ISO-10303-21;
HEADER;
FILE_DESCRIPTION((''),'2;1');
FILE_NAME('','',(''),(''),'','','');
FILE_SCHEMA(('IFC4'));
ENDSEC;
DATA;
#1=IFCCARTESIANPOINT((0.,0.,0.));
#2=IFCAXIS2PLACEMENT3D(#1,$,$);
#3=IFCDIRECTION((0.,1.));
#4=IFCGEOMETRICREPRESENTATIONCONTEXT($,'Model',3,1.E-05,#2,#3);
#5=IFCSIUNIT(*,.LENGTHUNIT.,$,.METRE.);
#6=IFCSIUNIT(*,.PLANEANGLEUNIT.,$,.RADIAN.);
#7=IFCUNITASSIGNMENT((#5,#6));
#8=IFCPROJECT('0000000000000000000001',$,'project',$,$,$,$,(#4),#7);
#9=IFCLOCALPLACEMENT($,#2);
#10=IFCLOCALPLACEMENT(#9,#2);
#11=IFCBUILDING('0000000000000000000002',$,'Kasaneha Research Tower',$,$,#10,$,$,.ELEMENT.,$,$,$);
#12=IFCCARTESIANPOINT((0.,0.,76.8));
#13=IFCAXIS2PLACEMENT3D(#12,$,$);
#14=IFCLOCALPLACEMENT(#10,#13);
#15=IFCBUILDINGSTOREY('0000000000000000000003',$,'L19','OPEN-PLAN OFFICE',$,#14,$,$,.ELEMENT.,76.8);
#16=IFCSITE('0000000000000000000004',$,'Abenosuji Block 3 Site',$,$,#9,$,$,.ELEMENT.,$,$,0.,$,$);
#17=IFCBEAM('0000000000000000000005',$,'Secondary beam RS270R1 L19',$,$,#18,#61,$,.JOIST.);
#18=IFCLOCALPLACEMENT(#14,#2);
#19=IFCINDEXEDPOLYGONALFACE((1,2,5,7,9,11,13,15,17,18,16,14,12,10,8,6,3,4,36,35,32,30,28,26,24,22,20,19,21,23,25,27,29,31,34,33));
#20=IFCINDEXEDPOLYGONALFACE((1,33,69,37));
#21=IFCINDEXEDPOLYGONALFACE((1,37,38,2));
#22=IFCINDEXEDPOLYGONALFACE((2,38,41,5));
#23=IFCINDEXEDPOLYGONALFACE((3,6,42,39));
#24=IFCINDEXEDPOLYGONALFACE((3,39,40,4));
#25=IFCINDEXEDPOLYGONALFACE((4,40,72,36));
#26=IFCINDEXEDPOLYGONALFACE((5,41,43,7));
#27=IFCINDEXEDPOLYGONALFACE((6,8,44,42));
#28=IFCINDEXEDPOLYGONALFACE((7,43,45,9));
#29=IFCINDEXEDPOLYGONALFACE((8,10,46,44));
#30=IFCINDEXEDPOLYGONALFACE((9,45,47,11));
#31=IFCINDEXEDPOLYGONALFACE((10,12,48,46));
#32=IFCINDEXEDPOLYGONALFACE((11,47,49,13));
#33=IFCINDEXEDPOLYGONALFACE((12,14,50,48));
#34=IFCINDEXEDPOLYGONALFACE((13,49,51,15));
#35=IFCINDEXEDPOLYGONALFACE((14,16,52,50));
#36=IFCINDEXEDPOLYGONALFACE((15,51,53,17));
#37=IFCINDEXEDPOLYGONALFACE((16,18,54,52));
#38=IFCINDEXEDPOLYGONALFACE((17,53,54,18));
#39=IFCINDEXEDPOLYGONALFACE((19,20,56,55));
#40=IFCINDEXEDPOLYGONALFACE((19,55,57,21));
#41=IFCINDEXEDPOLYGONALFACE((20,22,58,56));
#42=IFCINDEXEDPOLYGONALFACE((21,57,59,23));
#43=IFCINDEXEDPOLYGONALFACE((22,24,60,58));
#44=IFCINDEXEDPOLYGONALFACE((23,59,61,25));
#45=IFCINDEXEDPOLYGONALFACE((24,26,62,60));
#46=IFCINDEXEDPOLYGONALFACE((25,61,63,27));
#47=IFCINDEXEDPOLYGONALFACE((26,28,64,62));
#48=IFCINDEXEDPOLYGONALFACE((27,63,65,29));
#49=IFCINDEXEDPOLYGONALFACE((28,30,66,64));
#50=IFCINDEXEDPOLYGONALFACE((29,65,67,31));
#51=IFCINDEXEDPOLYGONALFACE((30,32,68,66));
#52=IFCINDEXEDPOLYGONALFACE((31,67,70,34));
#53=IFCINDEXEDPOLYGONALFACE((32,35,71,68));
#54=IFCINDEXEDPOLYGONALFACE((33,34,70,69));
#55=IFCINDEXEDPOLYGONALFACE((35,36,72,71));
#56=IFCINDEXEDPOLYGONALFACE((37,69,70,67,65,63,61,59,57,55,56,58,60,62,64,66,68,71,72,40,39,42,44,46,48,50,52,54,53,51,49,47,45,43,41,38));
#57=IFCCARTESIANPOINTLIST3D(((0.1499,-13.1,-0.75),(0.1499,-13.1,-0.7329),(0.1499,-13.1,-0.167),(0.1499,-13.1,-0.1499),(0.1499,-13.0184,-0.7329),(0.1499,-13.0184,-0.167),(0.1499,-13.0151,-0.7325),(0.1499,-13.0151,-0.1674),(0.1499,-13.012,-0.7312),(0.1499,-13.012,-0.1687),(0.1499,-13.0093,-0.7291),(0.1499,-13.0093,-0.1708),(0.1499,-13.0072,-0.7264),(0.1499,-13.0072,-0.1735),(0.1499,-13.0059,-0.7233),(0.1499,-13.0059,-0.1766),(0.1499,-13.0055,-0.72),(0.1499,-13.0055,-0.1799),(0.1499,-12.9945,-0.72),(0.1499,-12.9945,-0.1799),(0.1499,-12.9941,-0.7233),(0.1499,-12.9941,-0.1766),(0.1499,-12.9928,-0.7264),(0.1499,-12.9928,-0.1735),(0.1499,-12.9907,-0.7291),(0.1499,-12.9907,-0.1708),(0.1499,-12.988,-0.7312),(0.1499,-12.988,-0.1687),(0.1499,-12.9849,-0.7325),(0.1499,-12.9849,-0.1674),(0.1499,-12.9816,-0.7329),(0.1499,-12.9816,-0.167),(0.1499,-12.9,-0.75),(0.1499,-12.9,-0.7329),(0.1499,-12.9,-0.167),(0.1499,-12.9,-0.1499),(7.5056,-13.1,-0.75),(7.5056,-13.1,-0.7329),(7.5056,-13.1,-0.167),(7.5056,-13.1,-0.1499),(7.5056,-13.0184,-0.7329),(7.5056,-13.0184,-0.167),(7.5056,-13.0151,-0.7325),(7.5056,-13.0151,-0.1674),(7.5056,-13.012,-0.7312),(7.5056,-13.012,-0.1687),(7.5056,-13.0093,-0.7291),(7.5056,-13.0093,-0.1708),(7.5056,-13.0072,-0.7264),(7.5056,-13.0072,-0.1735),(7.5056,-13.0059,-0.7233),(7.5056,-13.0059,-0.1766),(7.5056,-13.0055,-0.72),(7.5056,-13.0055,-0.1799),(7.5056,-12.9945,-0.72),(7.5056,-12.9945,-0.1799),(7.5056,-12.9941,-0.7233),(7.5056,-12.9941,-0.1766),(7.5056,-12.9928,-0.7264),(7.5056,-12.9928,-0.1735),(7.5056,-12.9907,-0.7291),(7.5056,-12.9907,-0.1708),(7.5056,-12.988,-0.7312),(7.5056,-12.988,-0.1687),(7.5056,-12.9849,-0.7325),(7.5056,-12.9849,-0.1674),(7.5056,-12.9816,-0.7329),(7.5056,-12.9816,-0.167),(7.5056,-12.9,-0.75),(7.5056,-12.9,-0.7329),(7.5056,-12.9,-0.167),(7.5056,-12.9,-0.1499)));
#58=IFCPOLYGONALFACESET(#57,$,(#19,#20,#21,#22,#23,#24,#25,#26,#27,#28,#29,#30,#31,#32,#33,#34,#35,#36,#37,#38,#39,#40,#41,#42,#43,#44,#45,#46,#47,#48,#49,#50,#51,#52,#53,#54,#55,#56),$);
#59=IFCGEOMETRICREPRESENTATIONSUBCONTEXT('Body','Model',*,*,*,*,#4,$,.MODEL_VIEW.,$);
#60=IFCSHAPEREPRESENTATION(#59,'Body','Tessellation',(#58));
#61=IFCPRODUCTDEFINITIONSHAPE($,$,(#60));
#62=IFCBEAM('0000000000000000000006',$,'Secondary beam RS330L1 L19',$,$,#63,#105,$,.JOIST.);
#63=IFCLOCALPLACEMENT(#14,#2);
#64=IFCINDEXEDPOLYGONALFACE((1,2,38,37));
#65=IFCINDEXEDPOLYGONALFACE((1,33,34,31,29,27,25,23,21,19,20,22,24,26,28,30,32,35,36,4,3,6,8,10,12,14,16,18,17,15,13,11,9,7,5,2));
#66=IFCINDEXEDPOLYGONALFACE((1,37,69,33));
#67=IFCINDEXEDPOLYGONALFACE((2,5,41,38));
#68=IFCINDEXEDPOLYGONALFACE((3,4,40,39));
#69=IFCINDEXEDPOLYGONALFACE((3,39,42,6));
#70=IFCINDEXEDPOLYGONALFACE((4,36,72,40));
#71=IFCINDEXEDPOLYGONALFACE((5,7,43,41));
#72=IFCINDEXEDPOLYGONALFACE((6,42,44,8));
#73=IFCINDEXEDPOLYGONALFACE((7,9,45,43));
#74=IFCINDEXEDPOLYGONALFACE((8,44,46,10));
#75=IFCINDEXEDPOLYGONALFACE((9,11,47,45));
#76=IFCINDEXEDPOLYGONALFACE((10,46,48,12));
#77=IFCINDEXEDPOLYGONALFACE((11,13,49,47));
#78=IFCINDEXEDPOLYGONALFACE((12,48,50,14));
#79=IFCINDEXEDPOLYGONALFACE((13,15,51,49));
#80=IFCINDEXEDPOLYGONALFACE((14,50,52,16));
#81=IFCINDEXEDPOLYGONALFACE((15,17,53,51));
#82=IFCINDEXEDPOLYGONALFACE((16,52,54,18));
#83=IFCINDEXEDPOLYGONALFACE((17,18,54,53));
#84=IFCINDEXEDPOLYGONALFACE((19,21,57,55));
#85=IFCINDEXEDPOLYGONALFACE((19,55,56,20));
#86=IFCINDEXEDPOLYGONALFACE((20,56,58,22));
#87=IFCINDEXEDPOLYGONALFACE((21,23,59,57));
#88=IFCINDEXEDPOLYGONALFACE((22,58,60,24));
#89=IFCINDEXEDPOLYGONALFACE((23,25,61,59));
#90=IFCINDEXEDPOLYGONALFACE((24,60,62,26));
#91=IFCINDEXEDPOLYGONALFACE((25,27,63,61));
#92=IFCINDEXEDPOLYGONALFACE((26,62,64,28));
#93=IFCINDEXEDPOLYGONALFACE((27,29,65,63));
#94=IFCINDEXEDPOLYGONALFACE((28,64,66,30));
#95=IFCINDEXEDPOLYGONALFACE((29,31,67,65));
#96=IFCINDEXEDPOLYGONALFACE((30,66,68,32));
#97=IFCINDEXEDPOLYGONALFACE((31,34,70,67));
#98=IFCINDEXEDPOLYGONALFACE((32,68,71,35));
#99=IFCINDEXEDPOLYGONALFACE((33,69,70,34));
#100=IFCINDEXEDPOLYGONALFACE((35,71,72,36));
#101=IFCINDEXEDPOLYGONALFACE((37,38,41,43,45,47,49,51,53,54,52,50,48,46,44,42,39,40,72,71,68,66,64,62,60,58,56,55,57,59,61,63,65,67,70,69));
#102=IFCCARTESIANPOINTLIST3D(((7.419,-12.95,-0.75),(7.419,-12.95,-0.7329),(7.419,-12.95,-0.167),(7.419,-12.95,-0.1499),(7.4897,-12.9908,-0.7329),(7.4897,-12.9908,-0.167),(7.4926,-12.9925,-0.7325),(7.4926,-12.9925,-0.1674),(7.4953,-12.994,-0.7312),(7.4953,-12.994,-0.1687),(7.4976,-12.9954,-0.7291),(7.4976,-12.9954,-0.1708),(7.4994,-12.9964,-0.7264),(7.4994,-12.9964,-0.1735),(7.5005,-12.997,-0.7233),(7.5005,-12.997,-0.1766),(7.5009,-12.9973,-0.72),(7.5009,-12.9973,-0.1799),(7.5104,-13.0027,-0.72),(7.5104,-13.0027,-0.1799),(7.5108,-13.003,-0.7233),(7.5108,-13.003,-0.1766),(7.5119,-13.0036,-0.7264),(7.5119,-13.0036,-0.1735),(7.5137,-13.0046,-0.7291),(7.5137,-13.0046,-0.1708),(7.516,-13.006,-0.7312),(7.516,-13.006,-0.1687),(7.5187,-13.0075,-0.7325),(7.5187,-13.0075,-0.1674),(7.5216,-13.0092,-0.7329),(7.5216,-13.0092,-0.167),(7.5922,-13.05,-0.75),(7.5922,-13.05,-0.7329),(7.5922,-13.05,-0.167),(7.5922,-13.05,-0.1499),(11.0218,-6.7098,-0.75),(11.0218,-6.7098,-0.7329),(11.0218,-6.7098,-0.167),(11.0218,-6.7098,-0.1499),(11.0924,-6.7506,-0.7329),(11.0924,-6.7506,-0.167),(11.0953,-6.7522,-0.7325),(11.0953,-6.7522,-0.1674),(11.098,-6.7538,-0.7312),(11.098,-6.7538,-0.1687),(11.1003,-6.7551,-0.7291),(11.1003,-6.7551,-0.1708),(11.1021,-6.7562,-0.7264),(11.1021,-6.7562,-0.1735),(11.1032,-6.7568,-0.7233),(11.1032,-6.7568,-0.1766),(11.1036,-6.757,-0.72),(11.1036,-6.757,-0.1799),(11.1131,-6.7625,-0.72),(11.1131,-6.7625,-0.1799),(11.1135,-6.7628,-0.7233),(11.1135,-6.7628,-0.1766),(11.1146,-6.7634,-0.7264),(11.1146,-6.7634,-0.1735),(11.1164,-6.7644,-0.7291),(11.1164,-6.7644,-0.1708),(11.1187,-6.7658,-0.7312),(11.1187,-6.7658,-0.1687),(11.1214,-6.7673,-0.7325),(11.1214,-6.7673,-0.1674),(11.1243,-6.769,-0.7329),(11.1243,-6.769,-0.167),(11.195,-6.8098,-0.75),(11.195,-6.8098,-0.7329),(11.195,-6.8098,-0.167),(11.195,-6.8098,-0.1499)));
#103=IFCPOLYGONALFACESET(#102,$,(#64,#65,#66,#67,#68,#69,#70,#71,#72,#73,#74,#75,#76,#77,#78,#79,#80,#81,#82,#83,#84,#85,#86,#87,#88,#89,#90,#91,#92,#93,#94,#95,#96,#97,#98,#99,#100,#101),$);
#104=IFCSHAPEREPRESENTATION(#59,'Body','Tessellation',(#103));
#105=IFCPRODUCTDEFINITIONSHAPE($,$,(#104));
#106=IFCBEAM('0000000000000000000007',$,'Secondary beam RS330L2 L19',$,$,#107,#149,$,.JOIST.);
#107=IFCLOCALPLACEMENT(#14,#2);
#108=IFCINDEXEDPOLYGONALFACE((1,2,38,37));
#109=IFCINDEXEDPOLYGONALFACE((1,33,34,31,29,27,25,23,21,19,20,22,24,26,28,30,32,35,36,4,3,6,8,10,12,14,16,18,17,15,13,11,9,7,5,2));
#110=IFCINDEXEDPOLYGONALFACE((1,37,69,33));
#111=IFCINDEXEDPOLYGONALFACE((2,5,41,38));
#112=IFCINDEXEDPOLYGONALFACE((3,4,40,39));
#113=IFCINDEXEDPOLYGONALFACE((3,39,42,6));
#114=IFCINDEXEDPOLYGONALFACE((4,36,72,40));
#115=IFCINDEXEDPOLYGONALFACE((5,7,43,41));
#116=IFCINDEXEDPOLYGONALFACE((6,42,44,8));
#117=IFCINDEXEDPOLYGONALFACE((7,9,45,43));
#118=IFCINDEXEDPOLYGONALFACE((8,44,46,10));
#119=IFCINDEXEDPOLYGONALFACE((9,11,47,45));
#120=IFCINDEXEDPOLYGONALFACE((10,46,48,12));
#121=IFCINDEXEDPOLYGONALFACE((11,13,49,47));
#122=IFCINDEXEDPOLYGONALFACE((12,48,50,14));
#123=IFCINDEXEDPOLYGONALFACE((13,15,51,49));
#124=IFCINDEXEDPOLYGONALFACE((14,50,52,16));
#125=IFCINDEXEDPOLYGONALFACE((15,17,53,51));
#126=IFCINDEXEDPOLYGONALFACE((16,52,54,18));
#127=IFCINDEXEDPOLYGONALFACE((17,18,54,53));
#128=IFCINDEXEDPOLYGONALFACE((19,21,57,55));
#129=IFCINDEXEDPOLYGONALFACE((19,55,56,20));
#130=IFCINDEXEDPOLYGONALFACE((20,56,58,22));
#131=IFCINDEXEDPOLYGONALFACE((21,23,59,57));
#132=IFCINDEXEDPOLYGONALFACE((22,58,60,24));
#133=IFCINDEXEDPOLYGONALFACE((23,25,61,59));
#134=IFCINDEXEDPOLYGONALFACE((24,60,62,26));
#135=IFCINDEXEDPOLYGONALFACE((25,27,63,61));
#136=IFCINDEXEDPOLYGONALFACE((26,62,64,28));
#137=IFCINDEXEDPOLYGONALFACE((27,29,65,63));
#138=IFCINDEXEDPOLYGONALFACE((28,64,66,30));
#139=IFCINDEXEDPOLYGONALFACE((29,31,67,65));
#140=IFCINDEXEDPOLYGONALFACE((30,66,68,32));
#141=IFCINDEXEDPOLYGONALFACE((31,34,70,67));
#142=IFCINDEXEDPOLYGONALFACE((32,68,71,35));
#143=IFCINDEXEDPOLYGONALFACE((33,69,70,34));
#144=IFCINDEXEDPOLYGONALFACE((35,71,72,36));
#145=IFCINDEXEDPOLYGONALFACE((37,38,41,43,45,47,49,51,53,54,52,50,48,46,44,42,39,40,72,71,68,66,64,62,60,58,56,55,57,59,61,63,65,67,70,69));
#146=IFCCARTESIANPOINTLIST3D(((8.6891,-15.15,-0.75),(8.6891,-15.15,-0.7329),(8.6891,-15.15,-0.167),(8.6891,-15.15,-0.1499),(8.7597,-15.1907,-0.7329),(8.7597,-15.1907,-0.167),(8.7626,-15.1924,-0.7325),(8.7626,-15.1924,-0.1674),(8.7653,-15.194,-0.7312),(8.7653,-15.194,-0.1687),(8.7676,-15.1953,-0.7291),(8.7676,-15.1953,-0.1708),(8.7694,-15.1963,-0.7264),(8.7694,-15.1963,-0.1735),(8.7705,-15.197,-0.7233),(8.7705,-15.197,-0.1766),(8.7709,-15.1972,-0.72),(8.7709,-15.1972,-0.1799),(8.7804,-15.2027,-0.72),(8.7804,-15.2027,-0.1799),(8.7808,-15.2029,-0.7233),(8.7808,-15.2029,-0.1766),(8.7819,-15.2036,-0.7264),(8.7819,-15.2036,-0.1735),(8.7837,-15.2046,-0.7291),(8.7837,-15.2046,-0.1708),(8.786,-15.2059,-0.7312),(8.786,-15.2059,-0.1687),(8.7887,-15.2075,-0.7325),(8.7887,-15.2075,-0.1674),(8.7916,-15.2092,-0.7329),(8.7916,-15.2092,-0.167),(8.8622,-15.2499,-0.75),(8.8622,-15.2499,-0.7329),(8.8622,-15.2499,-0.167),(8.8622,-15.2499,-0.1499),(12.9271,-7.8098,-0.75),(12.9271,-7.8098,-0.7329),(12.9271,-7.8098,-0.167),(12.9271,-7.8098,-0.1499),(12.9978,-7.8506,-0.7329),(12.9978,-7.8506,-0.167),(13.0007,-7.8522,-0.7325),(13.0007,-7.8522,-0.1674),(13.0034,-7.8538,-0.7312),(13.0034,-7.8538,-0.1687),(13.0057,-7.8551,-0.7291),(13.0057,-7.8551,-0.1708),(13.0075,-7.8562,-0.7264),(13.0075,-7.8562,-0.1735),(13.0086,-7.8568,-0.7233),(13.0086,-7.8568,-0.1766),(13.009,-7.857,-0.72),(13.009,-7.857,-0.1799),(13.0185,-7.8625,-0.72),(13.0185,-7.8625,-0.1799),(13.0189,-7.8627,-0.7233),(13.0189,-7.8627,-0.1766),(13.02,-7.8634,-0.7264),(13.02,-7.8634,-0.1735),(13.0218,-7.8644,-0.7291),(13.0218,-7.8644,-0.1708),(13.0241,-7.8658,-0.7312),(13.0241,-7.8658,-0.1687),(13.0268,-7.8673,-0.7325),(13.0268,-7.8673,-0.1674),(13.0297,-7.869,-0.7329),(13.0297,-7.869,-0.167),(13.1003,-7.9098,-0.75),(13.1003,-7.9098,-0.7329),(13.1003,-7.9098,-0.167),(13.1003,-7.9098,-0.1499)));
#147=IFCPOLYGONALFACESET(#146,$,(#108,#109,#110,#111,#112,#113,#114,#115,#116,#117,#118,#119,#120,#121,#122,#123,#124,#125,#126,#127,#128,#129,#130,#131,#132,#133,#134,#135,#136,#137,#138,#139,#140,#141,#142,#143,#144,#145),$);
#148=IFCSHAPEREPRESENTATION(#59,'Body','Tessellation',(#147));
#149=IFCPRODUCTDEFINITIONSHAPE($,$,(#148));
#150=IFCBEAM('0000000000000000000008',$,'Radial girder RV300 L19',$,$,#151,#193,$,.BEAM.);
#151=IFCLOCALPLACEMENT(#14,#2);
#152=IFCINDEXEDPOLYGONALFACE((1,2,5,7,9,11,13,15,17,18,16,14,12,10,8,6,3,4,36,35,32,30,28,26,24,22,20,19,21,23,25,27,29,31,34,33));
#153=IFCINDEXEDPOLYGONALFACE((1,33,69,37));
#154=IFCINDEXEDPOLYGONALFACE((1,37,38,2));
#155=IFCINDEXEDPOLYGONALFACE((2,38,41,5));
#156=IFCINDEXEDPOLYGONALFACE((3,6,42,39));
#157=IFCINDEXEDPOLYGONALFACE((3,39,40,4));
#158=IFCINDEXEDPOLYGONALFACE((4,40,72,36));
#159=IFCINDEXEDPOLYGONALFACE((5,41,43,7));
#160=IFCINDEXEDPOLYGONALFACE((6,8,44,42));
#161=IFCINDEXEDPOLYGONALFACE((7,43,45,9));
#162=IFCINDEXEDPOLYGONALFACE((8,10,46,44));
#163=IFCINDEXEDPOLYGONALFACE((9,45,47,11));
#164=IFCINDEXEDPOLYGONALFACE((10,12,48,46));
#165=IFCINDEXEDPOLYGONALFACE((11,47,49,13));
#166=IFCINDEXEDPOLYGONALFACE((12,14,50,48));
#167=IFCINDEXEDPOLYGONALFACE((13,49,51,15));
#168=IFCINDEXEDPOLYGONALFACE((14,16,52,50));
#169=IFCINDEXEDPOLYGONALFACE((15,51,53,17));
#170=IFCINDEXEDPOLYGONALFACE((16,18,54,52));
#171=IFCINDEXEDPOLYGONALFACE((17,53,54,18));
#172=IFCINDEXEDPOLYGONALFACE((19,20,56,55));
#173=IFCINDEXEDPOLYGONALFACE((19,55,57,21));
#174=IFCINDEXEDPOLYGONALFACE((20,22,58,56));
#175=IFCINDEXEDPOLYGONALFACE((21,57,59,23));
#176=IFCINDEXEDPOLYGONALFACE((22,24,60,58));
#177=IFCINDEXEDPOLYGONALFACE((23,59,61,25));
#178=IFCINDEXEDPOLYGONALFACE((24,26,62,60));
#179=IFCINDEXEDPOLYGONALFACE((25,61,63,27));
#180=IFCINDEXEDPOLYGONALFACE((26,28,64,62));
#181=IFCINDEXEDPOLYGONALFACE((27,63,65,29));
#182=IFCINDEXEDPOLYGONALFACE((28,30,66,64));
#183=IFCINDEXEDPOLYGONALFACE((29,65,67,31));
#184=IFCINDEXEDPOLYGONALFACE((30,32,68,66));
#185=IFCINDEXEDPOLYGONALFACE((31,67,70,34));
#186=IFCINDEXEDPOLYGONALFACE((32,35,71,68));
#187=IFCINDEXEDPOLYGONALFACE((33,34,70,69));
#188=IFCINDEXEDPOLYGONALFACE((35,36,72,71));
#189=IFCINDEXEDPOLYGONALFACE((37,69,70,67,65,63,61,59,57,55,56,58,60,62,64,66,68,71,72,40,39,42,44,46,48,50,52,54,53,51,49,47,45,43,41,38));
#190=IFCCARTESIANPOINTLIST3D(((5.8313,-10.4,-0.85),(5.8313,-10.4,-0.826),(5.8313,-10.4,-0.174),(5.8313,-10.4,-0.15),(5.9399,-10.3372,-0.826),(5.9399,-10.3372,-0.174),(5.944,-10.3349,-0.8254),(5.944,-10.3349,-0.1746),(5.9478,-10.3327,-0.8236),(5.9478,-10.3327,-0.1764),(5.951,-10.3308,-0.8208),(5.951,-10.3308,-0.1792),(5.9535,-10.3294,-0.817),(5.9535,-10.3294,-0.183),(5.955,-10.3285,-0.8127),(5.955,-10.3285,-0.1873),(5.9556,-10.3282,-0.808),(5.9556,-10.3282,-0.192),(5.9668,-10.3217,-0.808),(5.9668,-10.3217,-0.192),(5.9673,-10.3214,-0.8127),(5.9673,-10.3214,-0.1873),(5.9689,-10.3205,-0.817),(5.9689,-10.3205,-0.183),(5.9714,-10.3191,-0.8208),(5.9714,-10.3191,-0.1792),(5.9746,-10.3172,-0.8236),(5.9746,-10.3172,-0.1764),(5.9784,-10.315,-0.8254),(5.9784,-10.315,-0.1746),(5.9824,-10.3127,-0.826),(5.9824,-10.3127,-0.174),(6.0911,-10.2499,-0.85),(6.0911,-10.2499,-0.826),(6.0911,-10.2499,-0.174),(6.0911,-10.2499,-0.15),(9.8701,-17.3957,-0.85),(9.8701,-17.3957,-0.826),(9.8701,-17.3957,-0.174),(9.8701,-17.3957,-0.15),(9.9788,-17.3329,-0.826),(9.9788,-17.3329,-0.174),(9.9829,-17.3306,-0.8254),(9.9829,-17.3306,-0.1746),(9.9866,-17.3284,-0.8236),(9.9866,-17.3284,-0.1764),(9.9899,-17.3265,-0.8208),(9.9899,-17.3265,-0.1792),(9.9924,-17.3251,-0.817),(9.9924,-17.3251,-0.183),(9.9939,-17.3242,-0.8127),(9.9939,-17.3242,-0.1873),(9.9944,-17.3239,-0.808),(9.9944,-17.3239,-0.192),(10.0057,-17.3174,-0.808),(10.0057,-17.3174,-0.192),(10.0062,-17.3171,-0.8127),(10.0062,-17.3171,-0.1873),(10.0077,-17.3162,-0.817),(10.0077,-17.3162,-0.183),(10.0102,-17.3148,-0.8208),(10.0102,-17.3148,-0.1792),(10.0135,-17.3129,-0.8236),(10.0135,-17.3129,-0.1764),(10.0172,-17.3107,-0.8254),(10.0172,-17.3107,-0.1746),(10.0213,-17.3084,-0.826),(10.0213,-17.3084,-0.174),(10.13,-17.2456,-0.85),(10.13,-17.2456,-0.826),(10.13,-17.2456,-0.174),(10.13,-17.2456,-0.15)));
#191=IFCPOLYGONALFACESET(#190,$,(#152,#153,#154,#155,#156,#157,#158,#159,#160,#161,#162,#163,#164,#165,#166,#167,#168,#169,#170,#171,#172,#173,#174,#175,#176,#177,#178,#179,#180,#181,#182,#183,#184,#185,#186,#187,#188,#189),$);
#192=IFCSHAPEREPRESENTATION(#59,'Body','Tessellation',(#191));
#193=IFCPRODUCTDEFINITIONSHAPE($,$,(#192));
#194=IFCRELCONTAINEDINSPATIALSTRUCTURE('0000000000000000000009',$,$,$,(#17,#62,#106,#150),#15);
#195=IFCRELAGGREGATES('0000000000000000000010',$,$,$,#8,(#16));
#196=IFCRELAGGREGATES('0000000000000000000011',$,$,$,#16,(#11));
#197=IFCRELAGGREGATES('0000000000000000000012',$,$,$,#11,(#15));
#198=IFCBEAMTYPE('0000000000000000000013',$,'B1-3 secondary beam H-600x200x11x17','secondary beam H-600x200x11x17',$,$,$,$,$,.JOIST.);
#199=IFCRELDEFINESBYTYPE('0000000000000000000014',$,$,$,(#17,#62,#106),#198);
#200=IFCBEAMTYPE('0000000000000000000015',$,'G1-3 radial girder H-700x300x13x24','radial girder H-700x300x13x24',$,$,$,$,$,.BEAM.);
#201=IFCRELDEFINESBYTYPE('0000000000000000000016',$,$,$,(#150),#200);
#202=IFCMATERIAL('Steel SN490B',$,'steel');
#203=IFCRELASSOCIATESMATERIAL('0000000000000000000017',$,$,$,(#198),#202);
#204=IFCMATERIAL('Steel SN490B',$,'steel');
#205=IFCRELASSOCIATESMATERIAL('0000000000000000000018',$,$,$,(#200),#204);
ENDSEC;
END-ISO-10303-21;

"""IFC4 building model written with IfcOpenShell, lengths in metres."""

from ifc_helpers import new_model, si_unit, direction, frame, origin, origin_2d, place, context, subcontext, project, spatial, i_section, extrude, material, material_profile, profile_set, type_object, element, save


model = new_model("IFC4")

# Units and contexts
model_context = context("Model", 3, precision=1e-05, world=origin(), true_north=direction((0.0, 1.0)))
body_context = subcontext(model_context, "Body", "Model", "MODEL_VIEW")
ifc_project = project(units=[si_unit("LENGTHUNIT", "METRE"), si_unit("PLANEANGLEUNIT", "RADIAN")], contexts=[model_context])

# Site, building, storey
site_placement = place(None, origin())
site = spatial("IfcSite", under=ifc_project, at=site_placement, Name="Abenosuji Block 3 Site", CompositionType="ELEMENT", RefElevation=0.0)
building_placement = place(site_placement, origin())
building = spatial("IfcBuilding", under=site, at=building_placement, Name="Kasaneha Research Tower", CompositionType="ELEMENT")
storey_placement = place(building_placement, frame((0.0, 0.0, 76.8)))
storey = spatial("IfcBuildingStorey", under=building, at=storey_placement, Name="L19", Description="OPEN-PLAN OFFICE", CompositionType="ELEMENT", Elevation=76.8)

# Beams
ifc_material_1 = material(Name="Steel SN490B", Category="steel")
ifc_material_profile_1 = material_profile(ifc_material_1, i_section(OverallWidth=0.2, OverallDepth=0.6001, WebThickness=0.011, FlangeThickness=0.0171, FilletRadius=0.0129, at=origin_2d()), Name="H-600x200x11x17")
ifc_profile_set_1 = profile_set([ifc_material_profile_1], Name="Steel SN490B")
beam_type_1 = type_object("IfcBeamType", Name="B1-3 secondary beam H-600x200x11x17", Description="secondary beam H-600x200x11x17", PredefinedType="JOIST", material=ifc_profile_set_1)
beam_1_placement = place(storey_placement, frame((7.5056, -13.0, -0.45), z_axis=(-1.0, 0.0, 0.0), x_axis=(0.0, -1.0, 0.0)))
element("IfcBeam", 1, at=beam_1_placement, inside=storey, type_object=beam_type_1, Name="Secondary beam RS270R1 L19", PredefinedType="JOIST", context=body_context, shape_type="SweptSolid", body=[
    extrude(i_section(OverallWidth=0.2, OverallDepth=0.6001, WebThickness=0.011, FlangeThickness=0.0171, FilletRadius=0.0129, at=origin_2d()), origin(), (0.0, 0.0, 1.0), 7.3557),
])
beam_2_placement = place(storey_placement, frame((7.5056, -13.0, -0.45), z_axis=(0.499998, 0.866026, 0.0), x_axis=(-0.866026, 0.499998, 0.0)))
element("IfcBeam", 2, at=beam_2_placement, inside=storey, type_object=beam_type_1, Name="Secondary beam RS330L1 L19", PredefinedType="JOIST", context=body_context, shape_type="SweptSolid", body=[
    extrude(i_section(OverallWidth=0.2, OverallDepth=0.6001, WebThickness=0.011, FlangeThickness=0.0171, FilletRadius=0.0129, at=origin_2d()), origin(), (0.0, 0.0, 1.0), 7.2056),
])
beam_3_placement = place(storey_placement, frame((8.7756, -15.2, -0.45), z_axis=(0.500021, 0.866013, 0.0), x_axis=(-0.866013, 0.500021, 0.0)))
element("IfcBeam", 3, at=beam_3_placement, inside=storey, type_object=beam_type_1, Name="Secondary beam RS330L2 L19", PredefinedType="JOIST", context=body_context, shape_type="SweptSolid", body=[
    extrude(i_section(OverallWidth=0.2, OverallDepth=0.6001, WebThickness=0.011, FlangeThickness=0.0171, FilletRadius=0.0129, at=origin_2d()), origin(), (0.0, 0.0, 1.0), 8.4758),
])
ifc_material_2 = material(Name="Steel SN490B", Category="steel")
ifc_material_profile_2 = material_profile(ifc_material_2, i_section(OverallWidth=0.3, OverallDepth=0.7, WebThickness=0.0129, FlangeThickness=0.0239, FilletRadius=0.0181, at=origin_2d()), Name="H-700x300x13x24")
ifc_profile_set_2 = profile_set([ifc_material_profile_2], Name="Steel SN490B")
beam_type_2 = type_object("IfcBeamType", Name="G1-3 radial girder H-700x300x13x24", Description="radial girder H-700x300x13x24", PredefinedType="BEAM", material=ifc_profile_set_2)
beam_4_placement = place(storey_placement, frame((5.9612, -10.325, -0.5), z_axis=(0.499991, -0.866031, 0.0), x_axis=(0.866031, 0.499991, 0.0)))
element("IfcBeam", 4, at=beam_4_placement, inside=storey, type_object=beam_type_2, Name="Radial girder RV300 L19", PredefinedType="BEAM", context=body_context, shape_type="SweptSolid", body=[
    extrude(i_section(OverallWidth=0.3, OverallDepth=0.7, WebThickness=0.0129, FlangeThickness=0.0239, FilletRadius=0.0181, at=origin_2d()), origin(), (0.0, 0.0, 1.0), 8.0779),
])

save(model, "model.ifc")
